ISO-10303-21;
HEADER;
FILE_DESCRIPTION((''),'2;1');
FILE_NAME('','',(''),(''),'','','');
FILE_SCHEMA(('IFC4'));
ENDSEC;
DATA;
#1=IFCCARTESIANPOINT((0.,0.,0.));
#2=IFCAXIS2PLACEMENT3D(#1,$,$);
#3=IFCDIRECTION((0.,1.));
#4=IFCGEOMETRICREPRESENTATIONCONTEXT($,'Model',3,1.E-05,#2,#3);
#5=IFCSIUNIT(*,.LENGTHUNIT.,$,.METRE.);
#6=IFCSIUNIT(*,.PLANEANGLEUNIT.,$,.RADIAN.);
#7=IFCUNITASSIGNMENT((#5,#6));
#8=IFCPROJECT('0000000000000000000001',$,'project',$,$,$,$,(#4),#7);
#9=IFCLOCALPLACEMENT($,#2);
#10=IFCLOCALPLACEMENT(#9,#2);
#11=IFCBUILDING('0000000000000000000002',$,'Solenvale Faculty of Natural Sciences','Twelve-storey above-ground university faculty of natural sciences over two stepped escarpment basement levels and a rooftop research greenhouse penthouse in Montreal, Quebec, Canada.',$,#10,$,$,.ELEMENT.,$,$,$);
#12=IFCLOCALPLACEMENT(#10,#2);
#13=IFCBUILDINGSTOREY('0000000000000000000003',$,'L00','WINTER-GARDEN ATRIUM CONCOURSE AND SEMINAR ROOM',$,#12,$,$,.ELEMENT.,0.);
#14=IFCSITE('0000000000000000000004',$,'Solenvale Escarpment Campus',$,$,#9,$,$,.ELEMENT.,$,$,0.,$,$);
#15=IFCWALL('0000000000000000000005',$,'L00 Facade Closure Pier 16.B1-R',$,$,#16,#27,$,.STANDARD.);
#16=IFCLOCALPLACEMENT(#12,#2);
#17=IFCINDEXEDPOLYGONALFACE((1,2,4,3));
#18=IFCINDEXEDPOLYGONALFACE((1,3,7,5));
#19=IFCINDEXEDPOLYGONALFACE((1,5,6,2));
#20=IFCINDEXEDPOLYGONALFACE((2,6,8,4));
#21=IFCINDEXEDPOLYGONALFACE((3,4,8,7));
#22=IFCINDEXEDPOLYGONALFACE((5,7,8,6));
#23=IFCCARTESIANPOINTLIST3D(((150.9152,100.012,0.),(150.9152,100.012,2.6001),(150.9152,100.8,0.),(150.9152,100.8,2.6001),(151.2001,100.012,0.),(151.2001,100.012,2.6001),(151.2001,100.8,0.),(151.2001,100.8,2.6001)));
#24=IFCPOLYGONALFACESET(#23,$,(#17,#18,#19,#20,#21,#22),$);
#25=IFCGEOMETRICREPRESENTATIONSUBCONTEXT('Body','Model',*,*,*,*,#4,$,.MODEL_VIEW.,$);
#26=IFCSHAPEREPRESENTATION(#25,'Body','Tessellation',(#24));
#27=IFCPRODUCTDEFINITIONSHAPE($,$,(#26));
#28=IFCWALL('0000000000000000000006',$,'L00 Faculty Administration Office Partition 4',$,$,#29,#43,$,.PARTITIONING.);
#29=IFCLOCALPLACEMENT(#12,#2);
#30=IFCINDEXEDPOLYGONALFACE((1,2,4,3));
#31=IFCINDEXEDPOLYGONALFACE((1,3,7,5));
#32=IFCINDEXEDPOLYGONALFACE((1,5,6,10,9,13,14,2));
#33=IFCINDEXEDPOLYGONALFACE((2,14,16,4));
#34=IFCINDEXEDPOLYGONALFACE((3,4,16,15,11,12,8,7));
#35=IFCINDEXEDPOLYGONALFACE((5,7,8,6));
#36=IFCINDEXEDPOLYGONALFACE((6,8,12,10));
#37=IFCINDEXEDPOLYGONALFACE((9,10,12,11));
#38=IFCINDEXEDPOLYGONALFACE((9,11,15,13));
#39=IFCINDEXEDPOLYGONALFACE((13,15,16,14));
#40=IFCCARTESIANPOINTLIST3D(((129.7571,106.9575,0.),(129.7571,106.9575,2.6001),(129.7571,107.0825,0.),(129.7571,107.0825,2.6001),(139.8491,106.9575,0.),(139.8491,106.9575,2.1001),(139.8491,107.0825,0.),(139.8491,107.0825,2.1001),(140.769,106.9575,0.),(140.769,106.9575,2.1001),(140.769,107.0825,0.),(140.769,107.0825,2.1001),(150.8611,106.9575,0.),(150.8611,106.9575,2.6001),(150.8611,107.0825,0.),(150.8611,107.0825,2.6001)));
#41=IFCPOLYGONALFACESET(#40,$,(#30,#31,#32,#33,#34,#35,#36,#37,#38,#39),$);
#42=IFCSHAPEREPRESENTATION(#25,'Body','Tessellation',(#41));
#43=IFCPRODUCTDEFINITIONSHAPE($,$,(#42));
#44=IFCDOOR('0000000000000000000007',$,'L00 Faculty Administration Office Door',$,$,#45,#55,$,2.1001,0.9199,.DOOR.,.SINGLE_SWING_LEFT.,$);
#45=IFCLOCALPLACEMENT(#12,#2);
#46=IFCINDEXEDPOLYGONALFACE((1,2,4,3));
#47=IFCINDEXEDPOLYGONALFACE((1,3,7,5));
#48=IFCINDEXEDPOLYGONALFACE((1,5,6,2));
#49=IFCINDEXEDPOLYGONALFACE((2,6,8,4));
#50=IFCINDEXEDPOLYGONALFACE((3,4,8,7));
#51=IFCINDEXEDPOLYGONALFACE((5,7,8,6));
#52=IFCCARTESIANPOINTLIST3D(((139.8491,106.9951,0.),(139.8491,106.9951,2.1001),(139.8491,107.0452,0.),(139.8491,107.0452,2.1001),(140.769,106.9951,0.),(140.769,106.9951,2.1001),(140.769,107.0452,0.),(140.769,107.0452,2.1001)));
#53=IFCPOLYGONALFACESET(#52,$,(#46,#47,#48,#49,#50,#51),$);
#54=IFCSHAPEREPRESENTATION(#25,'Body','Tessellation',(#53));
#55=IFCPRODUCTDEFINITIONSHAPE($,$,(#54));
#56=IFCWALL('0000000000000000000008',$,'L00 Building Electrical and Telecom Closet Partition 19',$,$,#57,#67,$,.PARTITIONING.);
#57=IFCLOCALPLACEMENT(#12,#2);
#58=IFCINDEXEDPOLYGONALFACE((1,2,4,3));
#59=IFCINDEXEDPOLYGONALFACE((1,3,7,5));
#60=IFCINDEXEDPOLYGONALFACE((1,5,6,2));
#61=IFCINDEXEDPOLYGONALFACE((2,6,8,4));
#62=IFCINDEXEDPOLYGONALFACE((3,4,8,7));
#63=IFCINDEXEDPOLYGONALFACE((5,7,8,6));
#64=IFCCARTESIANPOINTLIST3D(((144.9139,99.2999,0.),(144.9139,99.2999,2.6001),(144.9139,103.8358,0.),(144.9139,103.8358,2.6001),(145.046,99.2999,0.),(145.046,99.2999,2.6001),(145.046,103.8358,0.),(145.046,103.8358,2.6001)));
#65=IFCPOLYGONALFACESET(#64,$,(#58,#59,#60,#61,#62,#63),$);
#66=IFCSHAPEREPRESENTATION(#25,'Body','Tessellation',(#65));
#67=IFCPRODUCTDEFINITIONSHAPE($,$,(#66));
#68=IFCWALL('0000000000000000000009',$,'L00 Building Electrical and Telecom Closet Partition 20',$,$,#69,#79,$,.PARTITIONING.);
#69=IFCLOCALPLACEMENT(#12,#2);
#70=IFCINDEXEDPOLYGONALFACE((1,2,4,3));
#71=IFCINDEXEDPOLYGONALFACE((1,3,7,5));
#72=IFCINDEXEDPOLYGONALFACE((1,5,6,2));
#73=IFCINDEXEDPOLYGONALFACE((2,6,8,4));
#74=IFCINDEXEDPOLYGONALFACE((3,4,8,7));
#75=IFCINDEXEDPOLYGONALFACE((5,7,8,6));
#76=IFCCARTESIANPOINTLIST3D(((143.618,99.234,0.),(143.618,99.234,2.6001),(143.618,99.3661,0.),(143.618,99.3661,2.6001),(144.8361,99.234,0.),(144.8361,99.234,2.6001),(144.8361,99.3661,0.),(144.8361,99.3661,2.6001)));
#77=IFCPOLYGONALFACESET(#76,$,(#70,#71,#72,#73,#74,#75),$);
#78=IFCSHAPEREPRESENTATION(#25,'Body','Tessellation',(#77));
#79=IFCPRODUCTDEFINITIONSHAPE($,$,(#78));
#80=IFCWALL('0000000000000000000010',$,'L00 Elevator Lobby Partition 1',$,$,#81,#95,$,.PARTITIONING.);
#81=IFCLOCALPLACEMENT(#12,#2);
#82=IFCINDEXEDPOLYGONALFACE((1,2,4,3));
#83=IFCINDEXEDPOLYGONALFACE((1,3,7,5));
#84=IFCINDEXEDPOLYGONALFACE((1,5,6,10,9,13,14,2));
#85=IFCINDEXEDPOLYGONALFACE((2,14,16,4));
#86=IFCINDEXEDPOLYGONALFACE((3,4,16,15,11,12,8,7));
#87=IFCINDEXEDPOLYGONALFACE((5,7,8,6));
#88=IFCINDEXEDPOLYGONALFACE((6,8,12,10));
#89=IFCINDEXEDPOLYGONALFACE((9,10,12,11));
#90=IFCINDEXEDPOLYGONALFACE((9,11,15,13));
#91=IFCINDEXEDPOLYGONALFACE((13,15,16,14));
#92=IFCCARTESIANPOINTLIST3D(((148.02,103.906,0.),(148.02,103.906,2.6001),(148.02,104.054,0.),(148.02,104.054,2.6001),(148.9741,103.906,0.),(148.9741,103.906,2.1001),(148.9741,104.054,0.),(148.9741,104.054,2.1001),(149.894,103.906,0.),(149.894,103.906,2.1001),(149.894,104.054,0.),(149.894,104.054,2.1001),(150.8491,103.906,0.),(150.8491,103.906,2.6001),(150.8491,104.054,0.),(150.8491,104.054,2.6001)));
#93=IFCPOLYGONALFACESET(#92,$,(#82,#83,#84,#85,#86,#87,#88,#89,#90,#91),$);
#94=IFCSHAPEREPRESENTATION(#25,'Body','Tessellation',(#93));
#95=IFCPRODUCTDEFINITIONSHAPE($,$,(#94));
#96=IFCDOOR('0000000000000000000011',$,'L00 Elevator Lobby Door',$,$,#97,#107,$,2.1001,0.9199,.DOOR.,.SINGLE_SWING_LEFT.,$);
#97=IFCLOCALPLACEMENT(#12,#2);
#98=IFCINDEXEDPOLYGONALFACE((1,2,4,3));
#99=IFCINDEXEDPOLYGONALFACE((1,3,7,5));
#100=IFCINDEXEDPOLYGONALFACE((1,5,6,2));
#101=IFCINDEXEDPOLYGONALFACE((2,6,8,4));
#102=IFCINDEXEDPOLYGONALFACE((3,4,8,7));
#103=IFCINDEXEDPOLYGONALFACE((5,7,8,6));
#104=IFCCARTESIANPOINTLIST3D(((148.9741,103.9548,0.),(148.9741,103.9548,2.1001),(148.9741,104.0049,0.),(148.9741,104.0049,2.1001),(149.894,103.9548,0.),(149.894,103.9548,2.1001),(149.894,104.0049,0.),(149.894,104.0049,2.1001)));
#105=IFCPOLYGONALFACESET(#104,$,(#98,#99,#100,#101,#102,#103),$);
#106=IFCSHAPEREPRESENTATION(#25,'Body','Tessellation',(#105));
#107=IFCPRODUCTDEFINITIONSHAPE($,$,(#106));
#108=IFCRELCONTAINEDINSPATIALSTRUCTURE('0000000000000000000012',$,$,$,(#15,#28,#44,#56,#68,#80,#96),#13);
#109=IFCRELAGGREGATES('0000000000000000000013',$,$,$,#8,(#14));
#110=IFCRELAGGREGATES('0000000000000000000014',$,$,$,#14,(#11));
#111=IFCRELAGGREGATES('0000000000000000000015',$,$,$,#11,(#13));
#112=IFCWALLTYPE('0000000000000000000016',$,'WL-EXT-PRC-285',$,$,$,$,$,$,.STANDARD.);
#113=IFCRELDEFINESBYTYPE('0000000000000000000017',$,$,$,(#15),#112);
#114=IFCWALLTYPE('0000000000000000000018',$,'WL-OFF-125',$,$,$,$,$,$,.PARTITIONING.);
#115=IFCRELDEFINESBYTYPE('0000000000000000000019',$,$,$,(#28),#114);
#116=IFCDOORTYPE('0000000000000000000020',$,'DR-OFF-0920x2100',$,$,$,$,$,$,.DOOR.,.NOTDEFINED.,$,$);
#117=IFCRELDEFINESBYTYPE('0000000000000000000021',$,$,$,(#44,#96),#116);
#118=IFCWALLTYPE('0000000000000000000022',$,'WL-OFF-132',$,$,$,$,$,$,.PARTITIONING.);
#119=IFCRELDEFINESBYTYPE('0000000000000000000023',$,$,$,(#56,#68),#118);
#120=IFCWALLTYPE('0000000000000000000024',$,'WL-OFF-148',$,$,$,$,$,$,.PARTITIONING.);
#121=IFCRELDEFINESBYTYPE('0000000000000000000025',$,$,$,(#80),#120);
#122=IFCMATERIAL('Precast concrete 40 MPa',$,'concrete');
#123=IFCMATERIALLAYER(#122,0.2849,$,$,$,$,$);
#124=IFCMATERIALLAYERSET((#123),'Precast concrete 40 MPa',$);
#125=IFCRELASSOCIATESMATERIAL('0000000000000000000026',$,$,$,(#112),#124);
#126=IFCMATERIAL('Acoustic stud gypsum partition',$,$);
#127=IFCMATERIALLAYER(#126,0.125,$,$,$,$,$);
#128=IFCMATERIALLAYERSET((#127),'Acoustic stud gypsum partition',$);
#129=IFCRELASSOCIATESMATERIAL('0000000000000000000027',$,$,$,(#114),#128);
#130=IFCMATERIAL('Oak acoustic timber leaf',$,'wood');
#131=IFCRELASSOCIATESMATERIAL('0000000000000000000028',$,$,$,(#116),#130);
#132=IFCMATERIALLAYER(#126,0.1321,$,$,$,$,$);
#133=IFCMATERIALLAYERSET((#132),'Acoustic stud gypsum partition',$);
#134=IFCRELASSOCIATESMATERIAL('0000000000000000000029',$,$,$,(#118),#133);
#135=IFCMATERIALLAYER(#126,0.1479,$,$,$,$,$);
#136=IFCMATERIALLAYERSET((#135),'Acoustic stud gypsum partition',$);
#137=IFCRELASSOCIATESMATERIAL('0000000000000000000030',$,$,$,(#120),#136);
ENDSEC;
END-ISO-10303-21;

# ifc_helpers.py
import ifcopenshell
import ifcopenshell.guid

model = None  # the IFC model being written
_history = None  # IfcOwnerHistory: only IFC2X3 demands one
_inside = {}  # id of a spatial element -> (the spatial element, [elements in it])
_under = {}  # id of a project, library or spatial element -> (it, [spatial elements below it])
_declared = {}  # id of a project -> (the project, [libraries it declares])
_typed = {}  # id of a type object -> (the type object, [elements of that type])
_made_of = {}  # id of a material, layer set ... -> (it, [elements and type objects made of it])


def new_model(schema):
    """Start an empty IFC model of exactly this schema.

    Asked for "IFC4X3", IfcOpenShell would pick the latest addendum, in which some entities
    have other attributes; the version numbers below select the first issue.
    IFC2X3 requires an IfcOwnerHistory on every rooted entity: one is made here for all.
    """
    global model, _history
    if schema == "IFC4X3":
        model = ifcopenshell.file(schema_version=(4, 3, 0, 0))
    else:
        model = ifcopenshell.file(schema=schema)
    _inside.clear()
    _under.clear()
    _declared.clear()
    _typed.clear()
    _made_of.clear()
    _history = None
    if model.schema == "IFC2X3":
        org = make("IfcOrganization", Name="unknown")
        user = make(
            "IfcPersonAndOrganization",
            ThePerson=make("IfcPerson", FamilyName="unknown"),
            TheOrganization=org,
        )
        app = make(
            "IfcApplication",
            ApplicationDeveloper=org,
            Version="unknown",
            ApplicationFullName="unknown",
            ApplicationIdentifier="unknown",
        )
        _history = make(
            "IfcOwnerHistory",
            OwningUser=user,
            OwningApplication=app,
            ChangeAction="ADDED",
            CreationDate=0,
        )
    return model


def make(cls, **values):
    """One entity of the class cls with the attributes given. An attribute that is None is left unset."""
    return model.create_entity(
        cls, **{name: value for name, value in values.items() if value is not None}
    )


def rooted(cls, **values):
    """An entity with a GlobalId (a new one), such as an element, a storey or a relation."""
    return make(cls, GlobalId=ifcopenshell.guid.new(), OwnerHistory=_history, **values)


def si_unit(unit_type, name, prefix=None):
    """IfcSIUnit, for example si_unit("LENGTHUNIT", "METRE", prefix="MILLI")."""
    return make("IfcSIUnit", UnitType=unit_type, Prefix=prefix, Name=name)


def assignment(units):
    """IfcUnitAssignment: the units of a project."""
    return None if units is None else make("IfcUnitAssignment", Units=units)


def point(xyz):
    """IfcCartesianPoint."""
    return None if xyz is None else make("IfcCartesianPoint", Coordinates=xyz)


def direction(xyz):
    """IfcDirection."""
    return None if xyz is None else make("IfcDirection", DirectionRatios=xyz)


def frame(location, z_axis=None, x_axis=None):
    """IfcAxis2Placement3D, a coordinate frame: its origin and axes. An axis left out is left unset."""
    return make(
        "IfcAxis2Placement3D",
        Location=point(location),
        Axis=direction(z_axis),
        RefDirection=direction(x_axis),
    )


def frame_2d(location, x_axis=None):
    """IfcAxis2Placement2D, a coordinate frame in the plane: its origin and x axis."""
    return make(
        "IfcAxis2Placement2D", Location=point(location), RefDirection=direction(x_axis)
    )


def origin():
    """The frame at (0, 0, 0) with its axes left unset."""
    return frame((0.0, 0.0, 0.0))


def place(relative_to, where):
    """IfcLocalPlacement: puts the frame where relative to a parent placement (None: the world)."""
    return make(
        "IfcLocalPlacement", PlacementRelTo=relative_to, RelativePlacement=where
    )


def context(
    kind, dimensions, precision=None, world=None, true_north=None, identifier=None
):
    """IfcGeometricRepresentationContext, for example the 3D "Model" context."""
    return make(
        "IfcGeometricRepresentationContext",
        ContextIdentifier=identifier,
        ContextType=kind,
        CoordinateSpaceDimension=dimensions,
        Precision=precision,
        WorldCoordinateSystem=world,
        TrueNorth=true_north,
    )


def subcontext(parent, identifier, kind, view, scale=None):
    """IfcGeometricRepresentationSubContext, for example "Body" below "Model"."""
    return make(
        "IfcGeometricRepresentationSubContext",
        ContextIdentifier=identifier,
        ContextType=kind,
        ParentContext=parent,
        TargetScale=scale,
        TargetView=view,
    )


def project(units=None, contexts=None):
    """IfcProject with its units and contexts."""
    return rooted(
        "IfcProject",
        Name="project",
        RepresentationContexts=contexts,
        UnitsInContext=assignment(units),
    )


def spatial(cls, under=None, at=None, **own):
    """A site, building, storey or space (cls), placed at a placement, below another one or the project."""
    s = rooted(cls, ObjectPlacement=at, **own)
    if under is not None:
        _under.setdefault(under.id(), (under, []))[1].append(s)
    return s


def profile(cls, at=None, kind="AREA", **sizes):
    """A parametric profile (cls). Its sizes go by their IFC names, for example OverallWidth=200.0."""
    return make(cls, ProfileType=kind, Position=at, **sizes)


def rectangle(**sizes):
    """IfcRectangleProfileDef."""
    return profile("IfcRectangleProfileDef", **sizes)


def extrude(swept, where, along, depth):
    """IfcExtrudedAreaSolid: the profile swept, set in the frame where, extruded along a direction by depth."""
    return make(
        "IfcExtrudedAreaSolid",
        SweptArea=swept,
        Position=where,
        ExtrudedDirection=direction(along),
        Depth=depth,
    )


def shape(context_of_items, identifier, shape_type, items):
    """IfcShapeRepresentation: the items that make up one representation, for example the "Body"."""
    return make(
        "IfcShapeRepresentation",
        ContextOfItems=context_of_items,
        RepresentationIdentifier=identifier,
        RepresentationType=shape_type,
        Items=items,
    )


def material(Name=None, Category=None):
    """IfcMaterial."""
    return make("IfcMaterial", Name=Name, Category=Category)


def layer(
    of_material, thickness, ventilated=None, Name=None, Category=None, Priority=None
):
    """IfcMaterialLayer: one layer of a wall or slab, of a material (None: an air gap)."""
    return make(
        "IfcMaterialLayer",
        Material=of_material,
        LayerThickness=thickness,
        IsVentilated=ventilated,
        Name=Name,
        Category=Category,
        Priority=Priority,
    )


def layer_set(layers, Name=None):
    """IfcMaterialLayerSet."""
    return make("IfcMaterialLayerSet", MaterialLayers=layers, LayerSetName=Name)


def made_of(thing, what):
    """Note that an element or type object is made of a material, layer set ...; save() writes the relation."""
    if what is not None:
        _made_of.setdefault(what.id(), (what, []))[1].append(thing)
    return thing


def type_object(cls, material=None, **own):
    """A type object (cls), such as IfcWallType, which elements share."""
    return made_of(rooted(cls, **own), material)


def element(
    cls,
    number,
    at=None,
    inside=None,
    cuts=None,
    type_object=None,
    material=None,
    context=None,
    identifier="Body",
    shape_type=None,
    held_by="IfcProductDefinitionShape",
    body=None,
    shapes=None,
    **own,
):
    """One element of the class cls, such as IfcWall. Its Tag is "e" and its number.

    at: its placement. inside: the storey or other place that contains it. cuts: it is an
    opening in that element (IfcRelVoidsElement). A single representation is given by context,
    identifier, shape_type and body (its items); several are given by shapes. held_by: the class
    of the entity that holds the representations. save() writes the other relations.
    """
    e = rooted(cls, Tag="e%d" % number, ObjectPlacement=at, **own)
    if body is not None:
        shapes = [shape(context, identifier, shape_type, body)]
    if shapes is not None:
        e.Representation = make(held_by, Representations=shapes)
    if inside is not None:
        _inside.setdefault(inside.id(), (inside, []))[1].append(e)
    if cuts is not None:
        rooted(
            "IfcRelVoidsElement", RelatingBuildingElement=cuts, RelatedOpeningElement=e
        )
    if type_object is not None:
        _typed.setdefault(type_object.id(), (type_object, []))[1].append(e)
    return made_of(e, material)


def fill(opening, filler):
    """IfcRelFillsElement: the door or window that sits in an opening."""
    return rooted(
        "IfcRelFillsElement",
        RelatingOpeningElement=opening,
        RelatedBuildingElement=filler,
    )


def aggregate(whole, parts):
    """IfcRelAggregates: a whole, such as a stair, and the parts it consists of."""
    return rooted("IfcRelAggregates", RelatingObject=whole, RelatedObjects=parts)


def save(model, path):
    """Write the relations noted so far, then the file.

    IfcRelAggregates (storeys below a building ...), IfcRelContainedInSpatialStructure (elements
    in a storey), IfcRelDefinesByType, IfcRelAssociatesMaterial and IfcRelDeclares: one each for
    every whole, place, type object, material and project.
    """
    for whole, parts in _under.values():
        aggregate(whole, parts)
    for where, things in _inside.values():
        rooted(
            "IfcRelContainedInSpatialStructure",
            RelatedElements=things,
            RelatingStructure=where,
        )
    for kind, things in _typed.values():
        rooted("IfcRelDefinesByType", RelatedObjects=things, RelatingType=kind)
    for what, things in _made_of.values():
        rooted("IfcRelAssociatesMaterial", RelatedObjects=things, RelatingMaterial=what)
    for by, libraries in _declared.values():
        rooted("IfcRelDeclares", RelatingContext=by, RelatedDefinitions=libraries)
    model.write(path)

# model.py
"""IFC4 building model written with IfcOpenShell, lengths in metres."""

from ifc_helpers import new_model, si_unit, direction, frame, frame_2d, origin, place, context, subcontext, project, spatial, rectangle, extrude, material, layer, layer_set, type_object, element, fill, save


model = new_model("IFC4")

# Units and contexts
model_context = context("Model", 3, precision=1e-05, world=origin(), true_north=direction((0.0, 1.0)))
body_context = subcontext(model_context, "Body", "Model", "MODEL_VIEW")
ifc_project = project(units=[si_unit("LENGTHUNIT", "METRE"), si_unit("PLANEANGLEUNIT", "RADIAN")], contexts=[model_context])

# Site, building, storey
site_placement = place(None, origin())
site = spatial("IfcSite", under=ifc_project, at=site_placement, Name="Solenvale Escarpment Campus", CompositionType="ELEMENT", RefElevation=0.0)
building_placement = place(site_placement, origin())
building = spatial("IfcBuilding", under=site, at=building_placement, Name="Solenvale Faculty of Natural Sciences", Description="Twelve-storey above-ground university faculty of natural sciences over two stepped escarpment basement levels and a rooftop research greenhouse penthouse in Montreal, Quebec, Canada.", CompositionType="ELEMENT")
storey_placement = place(building_placement, origin())
storey = spatial("IfcBuildingStorey", under=building, at=storey_placement, Name="L00", Description="WINTER-GARDEN ATRIUM CONCOURSE AND SEMINAR ROOM", CompositionType="ELEMENT", Elevation=0.0)

# Wall
ifc_material_1 = material(Name="Precast concrete 40 MPa", Category="concrete")
ifc_layer_1 = layer(ifc_material_1, 0.2849)
ifc_layer_set_1 = layer_set([ifc_layer_1], Name="Precast concrete 40 MPa")
wall_type_1 = type_object("IfcWallType", Name="WL-EXT-PRC-285", PredefinedType="STANDARD", material=ifc_layer_set_1)
wall_1_placement = place(storey_placement, frame((151.0576, 100.012, 0.0), z_axis=(0.0, 0.0, 1.0), x_axis=(0.0, 1.0, 0.0)))
element("IfcWall", 1, at=wall_1_placement, inside=storey, type_object=wall_type_1, Name="L00 Facade Closure Pier 16.B1-R", PredefinedType="STANDARD", context=body_context, shape_type="SweptSolid", body=[
    extrude(rectangle(XDim=0.7881, YDim=0.2849, at=frame_2d((0.394, 0.0))), origin(), (0.0, 0.0, 1.0), 2.6001),
])

# Wall, opening, door
ifc_material_2 = material(Name="Acoustic stud gypsum partition")
ifc_layer_2 = layer(ifc_material_2, 0.125)
ifc_layer_set_2 = layer_set([ifc_layer_2], Name="Acoustic stud gypsum partition")
wall_type_2 = type_object("IfcWallType", Name="WL-OFF-125", PredefinedType="PARTITIONING", material=ifc_layer_set_2)
wall_2_placement = place(storey_placement, frame((150.8611, 107.02, 0.0), z_axis=(0.0, 0.0, 1.0), x_axis=(-1.0, 0.0, 0.0)))
wall_2 = element("IfcWall", 2, at=wall_2_placement, inside=storey, type_object=wall_type_2, Name="L00 Faculty Administration Office Partition 4", PredefinedType="PARTITIONING", context=body_context, shape_type="SweptSolid", body=[
    extrude(rectangle(XDim=21.104, YDim=0.125, at=frame_2d((10.552, 0.0))), origin(), (0.0, 0.0, 1.0), 2.6001),
])
opening_1_placement = place(wall_2_placement, frame((10.092, 0.0, 0.0)))
opening_1 = element("IfcOpeningElement", 3, at=opening_1_placement, cuts=wall_2, PredefinedType="OPENING", context=body_context, shape_type="SweptSolid", body=[
    extrude(rectangle(XDim=0.9199, YDim=2.1001, at=frame_2d((0.46, 1.05))), frame((0.0, 0.0725, 0.0), z_axis=(0.0, -1.0, 0.0), x_axis=(1.0, 0.0, 0.0)), (0.0, 0.0, 1.0), 0.145),
])
ifc_material_3 = material(Name="Oak acoustic timber leaf", Category="wood")
door_type_1 = type_object("IfcDoorType", Name="DR-OFF-0920x2100", OperationType="NOTDEFINED", PredefinedType="DOOR", material=ifc_material_3)
door_1_placement = place(opening_1_placement, origin())
door_1 = element("IfcDoor", 4, at=door_1_placement, inside=storey, type_object=door_type_1, Name="L00 Faculty Administration Office Door", OperationType="SINGLE_SWING_LEFT", OverallHeight=2.1001, OverallWidth=0.9199, PredefinedType="DOOR", context=body_context, shape_type="SweptSolid", body=[
    extrude(rectangle(XDim=0.9199, YDim=2.1001, at=frame_2d((0.46, 1.05))), frame((0.0, 0.0249, 0.0), z_axis=(0.0, -1.0, 0.0), x_axis=(1.0, 0.0, 0.0)), (0.0, 0.0, 1.0), 0.05),
])
fill(opening_1, door_1)

# Walls
ifc_layer_3 = layer(ifc_material_2, 0.1321)
ifc_layer_set_3 = layer_set([ifc_layer_3], Name="Acoustic stud gypsum partition")
wall_type_3 = type_object("IfcWallType", Name="WL-OFF-132", PredefinedType="PARTITIONING", material=ifc_layer_set_3)
wall_3_placement = place(storey_placement, frame((144.98, 103.8359, 0.0), z_axis=(0.0, 0.0, 1.0), x_axis=(0.0, -1.0, 0.0)))
element("IfcWall", 5, at=wall_3_placement, inside=storey, type_object=wall_type_3, Name="L00 Building Electrical and Telecom Closet Partition 19", PredefinedType="PARTITIONING", context=body_context, shape_type="SweptSolid", body=[
    extrude(rectangle(XDim=4.5359, YDim=0.1321, at=frame_2d((2.2681, 0.0))), origin(), (0.0, 0.0, 1.0), 2.6001),
])
wall_4_placement = place(storey_placement, frame((144.8359, 99.3, 0.0), z_axis=(0.0, 0.0, 1.0), x_axis=(-1.0, 0.0, 0.0)))
element("IfcWall", 6, at=wall_4_placement, inside=storey, type_object=wall_type_3, Name="L00 Building Electrical and Telecom Closet Partition 20", PredefinedType="PARTITIONING", context=body_context, shape_type="SweptSolid", body=[
    extrude(rectangle(XDim=1.218, YDim=0.1321, at=frame_2d((0.6089, 0.0))), origin(), (0.0, 0.0, 1.0), 2.6001),
])

# Wall, opening, door
ifc_layer_4 = layer(ifc_material_2, 0.1479)
ifc_layer_set_4 = layer_set([ifc_layer_4], Name="Acoustic stud gypsum partition")
wall_type_4 = type_object("IfcWallType", Name="WL-OFF-148", PredefinedType="PARTITIONING", material=ifc_layer_set_4)
wall_5_placement = place(storey_placement, frame((148.02, 103.98, 0.0), z_axis=(0.0, 0.0, 1.0), x_axis=(1.0, 0.0, 0.0)))
wall_5 = element("IfcWall", 7, at=wall_5_placement, inside=storey, type_object=wall_type_4, Name="L00 Elevator Lobby Partition 1", PredefinedType="PARTITIONING", context=body_context, shape_type="SweptSolid", body=[
    extrude(rectangle(XDim=2.8291, YDim=0.1479, at=frame_2d((1.4146, 0.0))), origin(), (0.0, 0.0, 1.0), 2.6001),
])
opening_2_placement = place(wall_5_placement, frame((0.9541, 0.0, 0.0)))
opening_2 = element("IfcOpeningElement", 8, at=opening_2_placement, cuts=wall_5, PredefinedType="OPENING", context=body_context, shape_type="SweptSolid", body=[
    extrude(rectangle(XDim=0.9199, YDim=2.1001, at=frame_2d((0.46, 1.05))), frame((0.0, 0.084, 0.0), z_axis=(0.0, -1.0, 0.0), x_axis=(1.0, 0.0, 0.0)), (0.0, 0.0, 1.0), 0.168),
])
door_2_placement = place(opening_2_placement, origin())
door_2 = element("IfcDoor", 9, at=door_2_placement, inside=storey, type_object=door_type_1, Name="L00 Elevator Lobby Door", OperationType="SINGLE_SWING_LEFT", OverallHeight=2.1001, OverallWidth=0.9199, PredefinedType="DOOR", context=body_context, shape_type="SweptSolid", body=[
    extrude(rectangle(XDim=0.9199, YDim=2.1001, at=frame_2d((0.46, 1.05))), frame((0.0, 0.0249, 0.0), z_axis=(0.0, -1.0, 0.0), x_axis=(1.0, 0.0, 0.0)), (0.0, 0.0, 1.0), 0.05),
])
fill(opening_2, door_2)

save(model, "model.ifc")
